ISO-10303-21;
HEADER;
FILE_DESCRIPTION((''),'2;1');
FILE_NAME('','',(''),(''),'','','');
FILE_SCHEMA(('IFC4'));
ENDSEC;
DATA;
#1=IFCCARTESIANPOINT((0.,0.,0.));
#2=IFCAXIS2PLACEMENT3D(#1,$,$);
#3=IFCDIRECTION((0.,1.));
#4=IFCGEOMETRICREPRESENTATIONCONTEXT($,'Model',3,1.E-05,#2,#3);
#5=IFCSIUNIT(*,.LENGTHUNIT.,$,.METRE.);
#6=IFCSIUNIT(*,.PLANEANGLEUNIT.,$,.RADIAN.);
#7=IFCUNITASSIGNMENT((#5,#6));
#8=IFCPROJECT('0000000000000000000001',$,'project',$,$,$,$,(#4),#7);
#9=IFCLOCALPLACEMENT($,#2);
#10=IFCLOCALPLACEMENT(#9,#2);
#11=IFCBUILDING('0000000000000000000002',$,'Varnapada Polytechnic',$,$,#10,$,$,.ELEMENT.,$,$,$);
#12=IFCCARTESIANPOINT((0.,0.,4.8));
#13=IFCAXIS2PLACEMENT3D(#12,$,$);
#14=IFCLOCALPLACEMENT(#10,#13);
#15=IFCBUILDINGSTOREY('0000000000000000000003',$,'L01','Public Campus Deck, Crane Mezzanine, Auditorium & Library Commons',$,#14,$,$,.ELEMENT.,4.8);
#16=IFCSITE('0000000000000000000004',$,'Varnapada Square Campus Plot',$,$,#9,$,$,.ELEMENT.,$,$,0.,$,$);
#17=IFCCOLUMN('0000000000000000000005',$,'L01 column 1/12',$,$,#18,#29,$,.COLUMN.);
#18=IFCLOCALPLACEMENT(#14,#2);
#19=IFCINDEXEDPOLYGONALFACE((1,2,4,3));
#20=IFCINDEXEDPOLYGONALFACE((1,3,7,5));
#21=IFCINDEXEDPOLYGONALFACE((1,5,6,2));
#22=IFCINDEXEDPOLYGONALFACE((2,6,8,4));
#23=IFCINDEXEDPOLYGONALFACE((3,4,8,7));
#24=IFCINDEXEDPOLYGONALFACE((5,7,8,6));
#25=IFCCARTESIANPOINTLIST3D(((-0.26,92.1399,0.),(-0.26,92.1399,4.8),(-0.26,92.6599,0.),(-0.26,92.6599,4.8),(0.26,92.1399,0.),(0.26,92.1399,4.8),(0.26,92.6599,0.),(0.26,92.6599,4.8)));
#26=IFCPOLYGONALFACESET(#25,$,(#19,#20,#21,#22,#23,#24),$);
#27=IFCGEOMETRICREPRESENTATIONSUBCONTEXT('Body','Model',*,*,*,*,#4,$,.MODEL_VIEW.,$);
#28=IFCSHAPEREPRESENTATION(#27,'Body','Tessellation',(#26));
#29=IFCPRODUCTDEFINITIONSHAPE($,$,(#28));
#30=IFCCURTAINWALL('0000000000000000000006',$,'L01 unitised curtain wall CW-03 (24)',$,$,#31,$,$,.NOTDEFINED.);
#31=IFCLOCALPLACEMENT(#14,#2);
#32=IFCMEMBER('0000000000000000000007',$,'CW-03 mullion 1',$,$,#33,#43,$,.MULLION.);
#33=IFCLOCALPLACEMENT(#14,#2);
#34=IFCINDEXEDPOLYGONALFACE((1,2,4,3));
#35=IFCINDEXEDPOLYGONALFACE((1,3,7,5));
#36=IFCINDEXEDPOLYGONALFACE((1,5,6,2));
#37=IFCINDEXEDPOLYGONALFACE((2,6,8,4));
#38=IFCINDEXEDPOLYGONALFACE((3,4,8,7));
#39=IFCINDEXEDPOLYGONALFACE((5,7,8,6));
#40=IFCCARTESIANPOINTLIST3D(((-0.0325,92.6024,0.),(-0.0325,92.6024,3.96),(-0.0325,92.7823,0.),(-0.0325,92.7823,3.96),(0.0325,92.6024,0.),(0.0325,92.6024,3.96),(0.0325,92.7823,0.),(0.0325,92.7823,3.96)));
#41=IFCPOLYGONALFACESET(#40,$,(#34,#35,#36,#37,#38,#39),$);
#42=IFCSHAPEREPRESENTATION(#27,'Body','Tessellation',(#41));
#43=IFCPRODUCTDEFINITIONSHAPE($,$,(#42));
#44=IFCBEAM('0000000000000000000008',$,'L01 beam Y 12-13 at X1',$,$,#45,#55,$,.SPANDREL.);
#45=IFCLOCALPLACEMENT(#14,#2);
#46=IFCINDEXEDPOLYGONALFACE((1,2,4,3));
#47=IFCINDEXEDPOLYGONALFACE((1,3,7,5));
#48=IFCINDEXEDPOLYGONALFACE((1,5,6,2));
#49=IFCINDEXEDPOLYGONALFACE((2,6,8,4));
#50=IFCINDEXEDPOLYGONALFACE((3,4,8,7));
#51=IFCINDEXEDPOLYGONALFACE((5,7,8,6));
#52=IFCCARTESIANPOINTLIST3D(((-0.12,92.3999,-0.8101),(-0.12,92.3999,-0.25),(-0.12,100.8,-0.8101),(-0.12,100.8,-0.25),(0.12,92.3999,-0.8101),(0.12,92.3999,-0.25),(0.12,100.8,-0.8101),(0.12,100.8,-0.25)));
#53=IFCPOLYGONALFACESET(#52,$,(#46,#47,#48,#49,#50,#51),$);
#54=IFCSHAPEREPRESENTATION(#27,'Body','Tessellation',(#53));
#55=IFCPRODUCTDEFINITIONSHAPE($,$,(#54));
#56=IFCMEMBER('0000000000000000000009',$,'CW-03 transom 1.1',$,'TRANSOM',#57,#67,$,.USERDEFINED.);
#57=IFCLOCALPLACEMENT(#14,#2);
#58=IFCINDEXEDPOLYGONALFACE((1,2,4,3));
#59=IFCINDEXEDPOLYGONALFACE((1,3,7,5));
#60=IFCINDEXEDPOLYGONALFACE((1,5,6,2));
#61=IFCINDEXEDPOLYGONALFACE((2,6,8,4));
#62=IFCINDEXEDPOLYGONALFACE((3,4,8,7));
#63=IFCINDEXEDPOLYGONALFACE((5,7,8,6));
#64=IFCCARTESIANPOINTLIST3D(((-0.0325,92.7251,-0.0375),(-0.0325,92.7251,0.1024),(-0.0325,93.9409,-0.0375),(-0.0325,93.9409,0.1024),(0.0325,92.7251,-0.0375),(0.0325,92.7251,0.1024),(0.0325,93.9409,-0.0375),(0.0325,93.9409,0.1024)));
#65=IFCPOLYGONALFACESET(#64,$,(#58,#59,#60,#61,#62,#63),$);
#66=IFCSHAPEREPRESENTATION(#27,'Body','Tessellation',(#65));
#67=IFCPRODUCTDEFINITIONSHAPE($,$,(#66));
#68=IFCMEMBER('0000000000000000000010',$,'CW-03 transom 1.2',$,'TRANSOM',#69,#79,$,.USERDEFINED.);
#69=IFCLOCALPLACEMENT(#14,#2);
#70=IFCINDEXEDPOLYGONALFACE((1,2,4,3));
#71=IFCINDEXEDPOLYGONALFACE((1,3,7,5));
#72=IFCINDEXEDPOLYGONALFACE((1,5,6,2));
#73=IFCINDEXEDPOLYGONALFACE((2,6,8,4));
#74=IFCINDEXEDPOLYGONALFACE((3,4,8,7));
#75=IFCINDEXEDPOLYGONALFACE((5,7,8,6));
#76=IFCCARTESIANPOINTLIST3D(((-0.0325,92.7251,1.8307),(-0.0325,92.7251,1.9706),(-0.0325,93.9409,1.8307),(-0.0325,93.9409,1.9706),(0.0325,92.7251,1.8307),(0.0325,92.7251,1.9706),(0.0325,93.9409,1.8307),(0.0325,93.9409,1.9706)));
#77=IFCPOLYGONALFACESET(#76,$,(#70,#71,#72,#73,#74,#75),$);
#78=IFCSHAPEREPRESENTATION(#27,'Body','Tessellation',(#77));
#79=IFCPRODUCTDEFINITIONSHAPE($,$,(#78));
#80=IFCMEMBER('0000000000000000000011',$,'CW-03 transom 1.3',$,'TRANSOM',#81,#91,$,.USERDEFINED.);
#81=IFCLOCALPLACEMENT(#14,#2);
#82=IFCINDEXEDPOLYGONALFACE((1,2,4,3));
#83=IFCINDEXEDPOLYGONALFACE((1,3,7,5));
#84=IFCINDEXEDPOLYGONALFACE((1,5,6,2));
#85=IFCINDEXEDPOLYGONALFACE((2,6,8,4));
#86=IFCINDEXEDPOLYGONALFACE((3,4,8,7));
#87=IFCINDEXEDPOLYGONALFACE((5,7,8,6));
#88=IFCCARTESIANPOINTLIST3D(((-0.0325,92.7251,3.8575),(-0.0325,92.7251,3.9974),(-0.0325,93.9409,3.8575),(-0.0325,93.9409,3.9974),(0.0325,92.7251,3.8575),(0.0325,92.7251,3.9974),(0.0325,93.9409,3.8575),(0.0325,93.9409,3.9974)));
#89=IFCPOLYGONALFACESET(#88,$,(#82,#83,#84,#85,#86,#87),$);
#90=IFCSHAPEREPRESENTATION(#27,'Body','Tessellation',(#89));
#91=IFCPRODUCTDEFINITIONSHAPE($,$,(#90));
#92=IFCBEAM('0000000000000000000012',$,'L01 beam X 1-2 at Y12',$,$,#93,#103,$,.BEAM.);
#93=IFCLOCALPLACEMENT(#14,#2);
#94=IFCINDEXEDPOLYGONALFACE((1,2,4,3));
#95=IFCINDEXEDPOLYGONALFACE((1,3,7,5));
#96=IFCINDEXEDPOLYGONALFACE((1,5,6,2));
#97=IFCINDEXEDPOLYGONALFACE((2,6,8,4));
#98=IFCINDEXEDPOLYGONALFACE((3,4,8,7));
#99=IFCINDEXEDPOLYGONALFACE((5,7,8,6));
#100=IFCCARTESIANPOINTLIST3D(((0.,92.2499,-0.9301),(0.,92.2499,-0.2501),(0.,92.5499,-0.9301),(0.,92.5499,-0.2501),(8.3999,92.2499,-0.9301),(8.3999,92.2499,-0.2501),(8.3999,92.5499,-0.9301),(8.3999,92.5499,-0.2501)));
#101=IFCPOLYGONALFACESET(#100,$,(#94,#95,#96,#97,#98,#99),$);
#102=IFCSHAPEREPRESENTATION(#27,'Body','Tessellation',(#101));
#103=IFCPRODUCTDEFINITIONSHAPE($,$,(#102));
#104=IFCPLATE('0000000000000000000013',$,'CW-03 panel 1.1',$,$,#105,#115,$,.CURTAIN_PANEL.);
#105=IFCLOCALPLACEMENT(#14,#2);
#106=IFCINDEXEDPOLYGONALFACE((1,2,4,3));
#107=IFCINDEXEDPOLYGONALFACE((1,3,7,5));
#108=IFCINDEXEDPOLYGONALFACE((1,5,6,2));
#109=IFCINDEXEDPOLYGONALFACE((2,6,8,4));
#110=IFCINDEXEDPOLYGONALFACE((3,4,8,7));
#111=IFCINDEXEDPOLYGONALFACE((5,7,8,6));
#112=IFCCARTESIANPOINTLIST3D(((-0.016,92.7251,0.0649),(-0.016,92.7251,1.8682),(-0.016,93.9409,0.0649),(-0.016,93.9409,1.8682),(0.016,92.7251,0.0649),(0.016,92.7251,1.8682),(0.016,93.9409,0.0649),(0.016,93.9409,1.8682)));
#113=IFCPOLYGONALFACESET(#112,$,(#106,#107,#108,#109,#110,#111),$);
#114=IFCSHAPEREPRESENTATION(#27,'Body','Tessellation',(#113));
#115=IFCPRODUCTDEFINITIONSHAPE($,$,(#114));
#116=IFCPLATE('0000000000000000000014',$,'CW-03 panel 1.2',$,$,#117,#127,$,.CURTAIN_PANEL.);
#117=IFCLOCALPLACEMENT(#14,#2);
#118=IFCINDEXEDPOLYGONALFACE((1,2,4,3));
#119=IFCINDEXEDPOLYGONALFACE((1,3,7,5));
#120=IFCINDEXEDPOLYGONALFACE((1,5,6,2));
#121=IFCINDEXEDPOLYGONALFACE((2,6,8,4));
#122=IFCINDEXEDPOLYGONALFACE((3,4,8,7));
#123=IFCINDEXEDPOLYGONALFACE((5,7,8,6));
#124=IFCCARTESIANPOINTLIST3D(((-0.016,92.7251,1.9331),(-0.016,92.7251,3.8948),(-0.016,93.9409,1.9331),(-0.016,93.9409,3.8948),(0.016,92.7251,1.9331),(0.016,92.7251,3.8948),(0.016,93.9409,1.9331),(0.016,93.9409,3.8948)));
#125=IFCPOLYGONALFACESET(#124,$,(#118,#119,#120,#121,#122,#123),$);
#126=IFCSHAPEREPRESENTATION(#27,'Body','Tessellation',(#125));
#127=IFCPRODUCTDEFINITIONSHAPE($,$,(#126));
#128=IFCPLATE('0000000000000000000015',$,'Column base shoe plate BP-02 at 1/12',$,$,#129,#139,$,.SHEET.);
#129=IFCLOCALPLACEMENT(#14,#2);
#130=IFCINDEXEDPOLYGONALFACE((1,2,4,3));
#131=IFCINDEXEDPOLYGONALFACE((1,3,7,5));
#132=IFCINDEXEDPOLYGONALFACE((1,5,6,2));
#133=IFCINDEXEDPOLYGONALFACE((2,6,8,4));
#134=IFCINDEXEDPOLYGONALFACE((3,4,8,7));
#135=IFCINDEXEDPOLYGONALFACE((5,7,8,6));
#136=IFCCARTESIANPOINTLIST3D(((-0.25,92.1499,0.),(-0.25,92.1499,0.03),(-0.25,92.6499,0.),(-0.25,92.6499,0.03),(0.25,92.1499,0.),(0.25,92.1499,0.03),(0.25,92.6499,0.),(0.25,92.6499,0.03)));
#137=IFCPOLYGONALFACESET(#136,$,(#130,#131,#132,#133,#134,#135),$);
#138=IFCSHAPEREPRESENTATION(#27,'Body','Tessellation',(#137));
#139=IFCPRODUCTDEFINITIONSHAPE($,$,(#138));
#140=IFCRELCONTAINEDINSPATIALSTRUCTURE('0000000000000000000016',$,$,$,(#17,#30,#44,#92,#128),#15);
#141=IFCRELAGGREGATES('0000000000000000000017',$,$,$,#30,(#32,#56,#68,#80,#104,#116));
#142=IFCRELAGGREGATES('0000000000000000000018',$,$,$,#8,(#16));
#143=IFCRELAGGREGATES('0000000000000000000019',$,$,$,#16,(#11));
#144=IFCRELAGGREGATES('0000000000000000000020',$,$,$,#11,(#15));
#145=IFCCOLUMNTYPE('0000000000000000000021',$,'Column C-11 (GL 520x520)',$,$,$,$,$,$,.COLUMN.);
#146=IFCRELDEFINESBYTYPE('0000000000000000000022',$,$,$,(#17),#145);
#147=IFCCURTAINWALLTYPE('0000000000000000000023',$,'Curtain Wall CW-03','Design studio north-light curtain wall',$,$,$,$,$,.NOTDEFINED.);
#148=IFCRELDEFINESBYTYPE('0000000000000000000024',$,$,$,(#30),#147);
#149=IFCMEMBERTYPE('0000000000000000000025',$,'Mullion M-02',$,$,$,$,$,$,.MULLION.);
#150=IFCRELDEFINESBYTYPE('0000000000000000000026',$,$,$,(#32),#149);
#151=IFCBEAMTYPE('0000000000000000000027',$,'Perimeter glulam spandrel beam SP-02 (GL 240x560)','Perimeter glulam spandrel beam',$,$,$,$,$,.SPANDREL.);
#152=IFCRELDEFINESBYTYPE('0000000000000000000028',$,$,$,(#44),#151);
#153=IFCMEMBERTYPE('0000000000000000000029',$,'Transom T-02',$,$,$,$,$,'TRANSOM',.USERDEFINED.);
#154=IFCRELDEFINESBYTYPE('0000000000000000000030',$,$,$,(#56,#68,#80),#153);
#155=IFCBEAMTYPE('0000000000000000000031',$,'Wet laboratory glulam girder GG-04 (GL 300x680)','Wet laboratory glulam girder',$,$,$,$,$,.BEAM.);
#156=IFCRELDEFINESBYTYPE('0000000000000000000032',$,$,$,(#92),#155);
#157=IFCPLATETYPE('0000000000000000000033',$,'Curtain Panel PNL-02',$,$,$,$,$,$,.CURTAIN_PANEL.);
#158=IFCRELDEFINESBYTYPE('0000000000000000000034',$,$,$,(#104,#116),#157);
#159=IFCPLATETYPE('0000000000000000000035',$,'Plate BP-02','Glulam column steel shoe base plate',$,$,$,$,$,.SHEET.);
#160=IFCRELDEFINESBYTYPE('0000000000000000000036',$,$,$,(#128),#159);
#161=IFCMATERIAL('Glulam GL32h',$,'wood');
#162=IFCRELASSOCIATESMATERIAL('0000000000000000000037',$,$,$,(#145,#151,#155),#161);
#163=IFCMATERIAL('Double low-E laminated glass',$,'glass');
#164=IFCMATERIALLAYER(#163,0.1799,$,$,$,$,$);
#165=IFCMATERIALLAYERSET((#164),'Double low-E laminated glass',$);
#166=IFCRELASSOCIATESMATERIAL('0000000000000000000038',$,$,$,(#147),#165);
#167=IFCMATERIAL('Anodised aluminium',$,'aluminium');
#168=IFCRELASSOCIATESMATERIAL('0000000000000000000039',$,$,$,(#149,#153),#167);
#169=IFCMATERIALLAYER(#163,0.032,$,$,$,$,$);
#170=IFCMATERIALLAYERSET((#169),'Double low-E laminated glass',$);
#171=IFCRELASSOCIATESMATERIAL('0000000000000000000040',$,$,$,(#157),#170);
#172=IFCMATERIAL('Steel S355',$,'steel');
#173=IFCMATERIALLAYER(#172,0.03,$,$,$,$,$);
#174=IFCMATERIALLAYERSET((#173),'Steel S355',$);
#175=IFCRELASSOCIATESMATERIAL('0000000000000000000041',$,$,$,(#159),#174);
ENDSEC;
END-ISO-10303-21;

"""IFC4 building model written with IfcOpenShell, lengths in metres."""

from ifc_helpers import new_model, si_unit, direction, frame, origin, origin_2d, place, context, subcontext, project, spatial, rectangle, extrude, material, layer, layer_set, material_profile, profile_set, type_object, element, aggregate, save


model = new_model("IFC4")

# Units and contexts
model_context = context("Model", 3, precision=1e-05, world=origin(), true_north=direction((0.0, 1.0)))
body_context = subcontext(model_context, "Body", "Model", "MODEL_VIEW")
ifc_project = project(units=[si_unit("LENGTHUNIT", "METRE"), si_unit("PLANEANGLEUNIT", "RADIAN")], contexts=[model_context])

# Site, building, storey
site_placement = place(None, origin())
site = spatial("IfcSite", under=ifc_project, at=site_placement, Name="Varnapada Square Campus Plot", CompositionType="ELEMENT", RefElevation=0.0)
building_placement = place(site_placement, origin())
building = spatial("IfcBuilding", under=site, at=building_placement, Name="Varnapada Polytechnic", CompositionType="ELEMENT")
storey_placement = place(building_placement, frame((0.0, 0.0, 4.8)))
storey = spatial("IfcBuildingStorey", under=building, at=storey_placement, Name="L01", Description="Public Campus Deck, Crane Mezzanine, Auditorium & Library Commons", CompositionType="ELEMENT", Elevation=4.8)

# Column
ifc_material_1 = material(Name="Glulam GL32h", Category="wood")
ifc_material_profile_1 = material_profile(ifc_material_1, rectangle(XDim=0.52, YDim=0.52, at=origin_2d()), Name="GL 520x520")
ifc_profile_set_1 = profile_set([ifc_material_profile_1], Name="Glulam GL32h")
column_type = type_object("IfcColumnType", Name="Column C-11 (GL 520x520)", PredefinedType="COLUMN", material=ifc_profile_set_1)
column_placement = place(storey_placement, frame((0.0, 92.3999, 0.0), z_axis=(0.0, 0.0, 1.0), x_axis=(1.0, 0.0, 0.0)))
element("IfcColumn", 1, at=column_placement, inside=storey, type_object=column_type, Name="L01 column 1/12", PredefinedType="COLUMN", context=body_context, shape_type="SweptSolid", body=[
    extrude(rectangle(XDim=0.52, YDim=0.52, at=origin_2d()), origin(), (0.0, 0.0, 1.0), 4.8),
])

# Curtain wall, member
ifc_material_2 = material(Name="Double low-E laminated glass", Category="glass")
ifc_layer_1 = layer(ifc_material_2, 0.1799)
ifc_layer_set_1 = layer_set([ifc_layer_1], Name="Double low-E laminated glass")
curtain_wall_type = type_object("IfcCurtainWallType", Name="Curtain Wall CW-03", Description="Design studio north-light curtain wall", PredefinedType="NOTDEFINED", material=ifc_layer_set_1)
curtain_wall_placement = place(storey_placement, origin())
curtain_wall = element("IfcCurtainWall", 2, at=curtain_wall_placement, inside=storey, type_object=curtain_wall_type, Name="L01 unitised curtain wall CW-03 (24)", PredefinedType="NOTDEFINED")
ifc_material_3 = material(Name="Anodised aluminium", Category="aluminium")
ifc_material_profile_2 = material_profile(ifc_material_3, rectangle(XDim=0.0649, YDim=0.1799, at=origin_2d()), Name="ALU M65x180")
ifc_profile_set_2 = profile_set([ifc_material_profile_2], Name="Anodised aluminium")
member_type_1 = type_object("IfcMemberType", Name="Mullion M-02", PredefinedType="MULLION", material=ifc_profile_set_2)
member_1_placement = place(storey_placement, frame((0.0, 92.6924, 0.0), z_axis=(0.0, 0.0, 1.0), x_axis=(-1.0, 0.0, 0.0)))
member_1 = element("IfcMember", 3, at=member_1_placement, type_object=member_type_1, Name="CW-03 mullion 1", PredefinedType="MULLION", context=body_context, shape_type="SweptSolid", body=[
    extrude(rectangle(XDim=0.0649, YDim=0.1799, at=origin_2d()), origin(), (0.0, 0.0, 1.0), 3.96),
])

# Beam
ifc_material_profile_3 = material_profile(ifc_material_1, rectangle(XDim=0.24, YDim=0.5601, at=origin_2d()), Name="GL 240x560")
ifc_profile_set_3 = profile_set([ifc_material_profile_3], Name="Glulam GL32h")
beam_type_1 = type_object("IfcBeamType", Name="Perimeter glulam spandrel beam SP-02 (GL 240x560)", Description="Perimeter glulam spandrel beam", PredefinedType="SPANDREL", material=ifc_profile_set_3)
beam_1_placement = place(storey_placement, frame((0.0, 92.3999, -0.53), z_axis=(0.0, 1.0, 0.0), x_axis=(-1.0, 0.0, 0.0)))
element("IfcBeam", 4, at=beam_1_placement, inside=storey, type_object=beam_type_1, Name="L01 beam Y 12-13 at X1", PredefinedType="SPANDREL", context=body_context, shape_type="SweptSolid", body=[
    extrude(rectangle(XDim=0.24, YDim=0.5601, at=origin_2d()), origin(), (0.0, 0.0, 1.0), 8.4001),
])

# Members
ifc_material_profile_4 = material_profile(ifc_material_3, rectangle(XDim=0.0649, YDim=0.1399, at=origin_2d()), Name="ALU T65x140")
ifc_profile_set_4 = profile_set([ifc_material_profile_4], Name="Anodised aluminium")
member_type_2 = type_object("IfcMemberType", Name="Transom T-02", ElementType="TRANSOM", PredefinedType="USERDEFINED", material=ifc_profile_set_4)
member_2_placement = place(storey_placement, frame((0.0, 92.7251, 0.0325), z_axis=(0.0, 1.0, 0.0), x_axis=(-1.0, 0.0, 0.0)))
member_2 = element("IfcMember", 5, at=member_2_placement, type_object=member_type_2, Name="CW-03 transom 1.1", ObjectType="TRANSOM", PredefinedType="USERDEFINED", context=body_context, shape_type="SweptSolid", body=[
    extrude(rectangle(XDim=0.0649, YDim=0.1399, at=origin_2d()), origin(), (0.0, 0.0, 1.0), 1.2158),
])
member_3_placement = place(storey_placement, frame((0.0, 92.7251, 1.9006), z_axis=(0.0, 1.0, 0.0), x_axis=(-1.0, 0.0, 0.0)))
member_3 = element("IfcMember", 6, at=member_3_placement, type_object=member_type_2, Name="CW-03 transom 1.2", ObjectType="TRANSOM", PredefinedType="USERDEFINED", context=body_context, shape_type="SweptSolid", body=[
    extrude(rectangle(XDim=0.0649, YDim=0.1399, at=origin_2d()), origin(), (0.0, 0.0, 1.0), 1.2158),
])
member_4_placement = place(storey_placement, frame((0.0, 92.7251, 3.9275), z_axis=(0.0, 1.0, 0.0), x_axis=(-1.0, 0.0, 0.0)))
member_4 = element("IfcMember", 7, at=member_4_placement, type_object=member_type_2, Name="CW-03 transom 1.3", ObjectType="TRANSOM", PredefinedType="USERDEFINED", context=body_context, shape_type="SweptSolid", body=[
    extrude(rectangle(XDim=0.0649, YDim=0.1399, at=origin_2d()), origin(), (0.0, 0.0, 1.0), 1.2158),
])

# Beam
ifc_material_profile_5 = material_profile(ifc_material_1, rectangle(XDim=0.3, YDim=0.6799, at=origin_2d()), Name="GL 300x680")
ifc_profile_set_5 = profile_set([ifc_material_profile_5], Name="Glulam GL32h")
beam_type_2 = type_object("IfcBeamType", Name="Wet laboratory glulam girder GG-04 (GL 300x680)", Description="Wet laboratory glulam girder", PredefinedType="BEAM", material=ifc_profile_set_5)
beam_2_placement = place(storey_placement, frame((0.0, 92.3999, -0.5901), z_axis=(1.0, 0.0, 0.0), x_axis=(0.0, 1.0, 0.0)))
element("IfcBeam", 8, at=beam_2_placement, inside=storey, type_object=beam_type_2, Name="L01 beam X 1-2 at Y12", PredefinedType="BEAM", context=body_context, shape_type="SweptSolid", body=[
    extrude(rectangle(XDim=0.3, YDim=0.6799, at=origin_2d()), origin(), (0.0, 0.0, 1.0), 8.3999),
])

# Plates
ifc_layer_2 = layer(ifc_material_2, 0.032)
ifc_layer_set_2 = layer_set([ifc_layer_2], Name="Double low-E laminated glass")
plate_type_1 = type_object("IfcPlateType", Name="Curtain Panel PNL-02", PredefinedType="CURTAIN_PANEL", material=ifc_layer_set_2)
plate_1_placement = place(storey_placement, frame((0.0, 93.333, 0.0649), z_axis=(0.0, 0.0, 1.0), x_axis=(0.0, 1.0, 0.0)))
plate_1 = element("IfcPlate", 9, at=plate_1_placement, type_object=plate_type_1, Name="CW-03 panel 1.1", PredefinedType="CURTAIN_PANEL", context=body_context, shape_type="SweptSolid", body=[
    extrude(rectangle(XDim=1.2158, YDim=0.032, at=origin_2d()), origin(), (0.0, 0.0, 1.0), 1.8032),
])
plate_2_placement = place(storey_placement, frame((0.0, 93.333, 1.9331), z_axis=(0.0, 0.0, 1.0), x_axis=(0.0, 1.0, 0.0)))
plate_2 = element("IfcPlate", 10, at=plate_2_placement, type_object=plate_type_1, Name="CW-03 panel 1.2", PredefinedType="CURTAIN_PANEL", context=body_context, shape_type="SweptSolid", body=[
    extrude(rectangle(XDim=1.2158, YDim=0.032, at=origin_2d()), origin(), (0.0, 0.0, 1.0), 1.9617),
])
aggregate(curtain_wall, [member_1, member_2, member_3, member_4, plate_1, plate_2])
ifc_material_4 = material(Name="Steel S355", Category="steel")
ifc_layer_3 = layer(ifc_material_4, 0.03)
ifc_layer_set_3 = layer_set([ifc_layer_3], Name="Steel S355")
plate_type_2 = type_object("IfcPlateType", Name="Plate BP-02", Description="Glulam column steel shoe base plate", PredefinedType="SHEET", material=ifc_layer_set_3)
plate_3_placement = place(storey_placement, frame((0.0, 92.3999, 0.0), z_axis=(0.0, 0.0, 1.0), x_axis=(1.0, 0.0, 0.0)))
element("IfcPlate", 11, at=plate_3_placement, inside=storey, type_object=plate_type_2, Name="Column base shoe plate BP-02 at 1/12", PredefinedType="SHEET", context=body_context, shape_type="SweptSolid", body=[
    extrude(rectangle(XDim=0.5, YDim=0.5, at=origin_2d()), origin(), (0.0, 0.0, 1.0), 0.03),
])

save(model, "model.ifc")
